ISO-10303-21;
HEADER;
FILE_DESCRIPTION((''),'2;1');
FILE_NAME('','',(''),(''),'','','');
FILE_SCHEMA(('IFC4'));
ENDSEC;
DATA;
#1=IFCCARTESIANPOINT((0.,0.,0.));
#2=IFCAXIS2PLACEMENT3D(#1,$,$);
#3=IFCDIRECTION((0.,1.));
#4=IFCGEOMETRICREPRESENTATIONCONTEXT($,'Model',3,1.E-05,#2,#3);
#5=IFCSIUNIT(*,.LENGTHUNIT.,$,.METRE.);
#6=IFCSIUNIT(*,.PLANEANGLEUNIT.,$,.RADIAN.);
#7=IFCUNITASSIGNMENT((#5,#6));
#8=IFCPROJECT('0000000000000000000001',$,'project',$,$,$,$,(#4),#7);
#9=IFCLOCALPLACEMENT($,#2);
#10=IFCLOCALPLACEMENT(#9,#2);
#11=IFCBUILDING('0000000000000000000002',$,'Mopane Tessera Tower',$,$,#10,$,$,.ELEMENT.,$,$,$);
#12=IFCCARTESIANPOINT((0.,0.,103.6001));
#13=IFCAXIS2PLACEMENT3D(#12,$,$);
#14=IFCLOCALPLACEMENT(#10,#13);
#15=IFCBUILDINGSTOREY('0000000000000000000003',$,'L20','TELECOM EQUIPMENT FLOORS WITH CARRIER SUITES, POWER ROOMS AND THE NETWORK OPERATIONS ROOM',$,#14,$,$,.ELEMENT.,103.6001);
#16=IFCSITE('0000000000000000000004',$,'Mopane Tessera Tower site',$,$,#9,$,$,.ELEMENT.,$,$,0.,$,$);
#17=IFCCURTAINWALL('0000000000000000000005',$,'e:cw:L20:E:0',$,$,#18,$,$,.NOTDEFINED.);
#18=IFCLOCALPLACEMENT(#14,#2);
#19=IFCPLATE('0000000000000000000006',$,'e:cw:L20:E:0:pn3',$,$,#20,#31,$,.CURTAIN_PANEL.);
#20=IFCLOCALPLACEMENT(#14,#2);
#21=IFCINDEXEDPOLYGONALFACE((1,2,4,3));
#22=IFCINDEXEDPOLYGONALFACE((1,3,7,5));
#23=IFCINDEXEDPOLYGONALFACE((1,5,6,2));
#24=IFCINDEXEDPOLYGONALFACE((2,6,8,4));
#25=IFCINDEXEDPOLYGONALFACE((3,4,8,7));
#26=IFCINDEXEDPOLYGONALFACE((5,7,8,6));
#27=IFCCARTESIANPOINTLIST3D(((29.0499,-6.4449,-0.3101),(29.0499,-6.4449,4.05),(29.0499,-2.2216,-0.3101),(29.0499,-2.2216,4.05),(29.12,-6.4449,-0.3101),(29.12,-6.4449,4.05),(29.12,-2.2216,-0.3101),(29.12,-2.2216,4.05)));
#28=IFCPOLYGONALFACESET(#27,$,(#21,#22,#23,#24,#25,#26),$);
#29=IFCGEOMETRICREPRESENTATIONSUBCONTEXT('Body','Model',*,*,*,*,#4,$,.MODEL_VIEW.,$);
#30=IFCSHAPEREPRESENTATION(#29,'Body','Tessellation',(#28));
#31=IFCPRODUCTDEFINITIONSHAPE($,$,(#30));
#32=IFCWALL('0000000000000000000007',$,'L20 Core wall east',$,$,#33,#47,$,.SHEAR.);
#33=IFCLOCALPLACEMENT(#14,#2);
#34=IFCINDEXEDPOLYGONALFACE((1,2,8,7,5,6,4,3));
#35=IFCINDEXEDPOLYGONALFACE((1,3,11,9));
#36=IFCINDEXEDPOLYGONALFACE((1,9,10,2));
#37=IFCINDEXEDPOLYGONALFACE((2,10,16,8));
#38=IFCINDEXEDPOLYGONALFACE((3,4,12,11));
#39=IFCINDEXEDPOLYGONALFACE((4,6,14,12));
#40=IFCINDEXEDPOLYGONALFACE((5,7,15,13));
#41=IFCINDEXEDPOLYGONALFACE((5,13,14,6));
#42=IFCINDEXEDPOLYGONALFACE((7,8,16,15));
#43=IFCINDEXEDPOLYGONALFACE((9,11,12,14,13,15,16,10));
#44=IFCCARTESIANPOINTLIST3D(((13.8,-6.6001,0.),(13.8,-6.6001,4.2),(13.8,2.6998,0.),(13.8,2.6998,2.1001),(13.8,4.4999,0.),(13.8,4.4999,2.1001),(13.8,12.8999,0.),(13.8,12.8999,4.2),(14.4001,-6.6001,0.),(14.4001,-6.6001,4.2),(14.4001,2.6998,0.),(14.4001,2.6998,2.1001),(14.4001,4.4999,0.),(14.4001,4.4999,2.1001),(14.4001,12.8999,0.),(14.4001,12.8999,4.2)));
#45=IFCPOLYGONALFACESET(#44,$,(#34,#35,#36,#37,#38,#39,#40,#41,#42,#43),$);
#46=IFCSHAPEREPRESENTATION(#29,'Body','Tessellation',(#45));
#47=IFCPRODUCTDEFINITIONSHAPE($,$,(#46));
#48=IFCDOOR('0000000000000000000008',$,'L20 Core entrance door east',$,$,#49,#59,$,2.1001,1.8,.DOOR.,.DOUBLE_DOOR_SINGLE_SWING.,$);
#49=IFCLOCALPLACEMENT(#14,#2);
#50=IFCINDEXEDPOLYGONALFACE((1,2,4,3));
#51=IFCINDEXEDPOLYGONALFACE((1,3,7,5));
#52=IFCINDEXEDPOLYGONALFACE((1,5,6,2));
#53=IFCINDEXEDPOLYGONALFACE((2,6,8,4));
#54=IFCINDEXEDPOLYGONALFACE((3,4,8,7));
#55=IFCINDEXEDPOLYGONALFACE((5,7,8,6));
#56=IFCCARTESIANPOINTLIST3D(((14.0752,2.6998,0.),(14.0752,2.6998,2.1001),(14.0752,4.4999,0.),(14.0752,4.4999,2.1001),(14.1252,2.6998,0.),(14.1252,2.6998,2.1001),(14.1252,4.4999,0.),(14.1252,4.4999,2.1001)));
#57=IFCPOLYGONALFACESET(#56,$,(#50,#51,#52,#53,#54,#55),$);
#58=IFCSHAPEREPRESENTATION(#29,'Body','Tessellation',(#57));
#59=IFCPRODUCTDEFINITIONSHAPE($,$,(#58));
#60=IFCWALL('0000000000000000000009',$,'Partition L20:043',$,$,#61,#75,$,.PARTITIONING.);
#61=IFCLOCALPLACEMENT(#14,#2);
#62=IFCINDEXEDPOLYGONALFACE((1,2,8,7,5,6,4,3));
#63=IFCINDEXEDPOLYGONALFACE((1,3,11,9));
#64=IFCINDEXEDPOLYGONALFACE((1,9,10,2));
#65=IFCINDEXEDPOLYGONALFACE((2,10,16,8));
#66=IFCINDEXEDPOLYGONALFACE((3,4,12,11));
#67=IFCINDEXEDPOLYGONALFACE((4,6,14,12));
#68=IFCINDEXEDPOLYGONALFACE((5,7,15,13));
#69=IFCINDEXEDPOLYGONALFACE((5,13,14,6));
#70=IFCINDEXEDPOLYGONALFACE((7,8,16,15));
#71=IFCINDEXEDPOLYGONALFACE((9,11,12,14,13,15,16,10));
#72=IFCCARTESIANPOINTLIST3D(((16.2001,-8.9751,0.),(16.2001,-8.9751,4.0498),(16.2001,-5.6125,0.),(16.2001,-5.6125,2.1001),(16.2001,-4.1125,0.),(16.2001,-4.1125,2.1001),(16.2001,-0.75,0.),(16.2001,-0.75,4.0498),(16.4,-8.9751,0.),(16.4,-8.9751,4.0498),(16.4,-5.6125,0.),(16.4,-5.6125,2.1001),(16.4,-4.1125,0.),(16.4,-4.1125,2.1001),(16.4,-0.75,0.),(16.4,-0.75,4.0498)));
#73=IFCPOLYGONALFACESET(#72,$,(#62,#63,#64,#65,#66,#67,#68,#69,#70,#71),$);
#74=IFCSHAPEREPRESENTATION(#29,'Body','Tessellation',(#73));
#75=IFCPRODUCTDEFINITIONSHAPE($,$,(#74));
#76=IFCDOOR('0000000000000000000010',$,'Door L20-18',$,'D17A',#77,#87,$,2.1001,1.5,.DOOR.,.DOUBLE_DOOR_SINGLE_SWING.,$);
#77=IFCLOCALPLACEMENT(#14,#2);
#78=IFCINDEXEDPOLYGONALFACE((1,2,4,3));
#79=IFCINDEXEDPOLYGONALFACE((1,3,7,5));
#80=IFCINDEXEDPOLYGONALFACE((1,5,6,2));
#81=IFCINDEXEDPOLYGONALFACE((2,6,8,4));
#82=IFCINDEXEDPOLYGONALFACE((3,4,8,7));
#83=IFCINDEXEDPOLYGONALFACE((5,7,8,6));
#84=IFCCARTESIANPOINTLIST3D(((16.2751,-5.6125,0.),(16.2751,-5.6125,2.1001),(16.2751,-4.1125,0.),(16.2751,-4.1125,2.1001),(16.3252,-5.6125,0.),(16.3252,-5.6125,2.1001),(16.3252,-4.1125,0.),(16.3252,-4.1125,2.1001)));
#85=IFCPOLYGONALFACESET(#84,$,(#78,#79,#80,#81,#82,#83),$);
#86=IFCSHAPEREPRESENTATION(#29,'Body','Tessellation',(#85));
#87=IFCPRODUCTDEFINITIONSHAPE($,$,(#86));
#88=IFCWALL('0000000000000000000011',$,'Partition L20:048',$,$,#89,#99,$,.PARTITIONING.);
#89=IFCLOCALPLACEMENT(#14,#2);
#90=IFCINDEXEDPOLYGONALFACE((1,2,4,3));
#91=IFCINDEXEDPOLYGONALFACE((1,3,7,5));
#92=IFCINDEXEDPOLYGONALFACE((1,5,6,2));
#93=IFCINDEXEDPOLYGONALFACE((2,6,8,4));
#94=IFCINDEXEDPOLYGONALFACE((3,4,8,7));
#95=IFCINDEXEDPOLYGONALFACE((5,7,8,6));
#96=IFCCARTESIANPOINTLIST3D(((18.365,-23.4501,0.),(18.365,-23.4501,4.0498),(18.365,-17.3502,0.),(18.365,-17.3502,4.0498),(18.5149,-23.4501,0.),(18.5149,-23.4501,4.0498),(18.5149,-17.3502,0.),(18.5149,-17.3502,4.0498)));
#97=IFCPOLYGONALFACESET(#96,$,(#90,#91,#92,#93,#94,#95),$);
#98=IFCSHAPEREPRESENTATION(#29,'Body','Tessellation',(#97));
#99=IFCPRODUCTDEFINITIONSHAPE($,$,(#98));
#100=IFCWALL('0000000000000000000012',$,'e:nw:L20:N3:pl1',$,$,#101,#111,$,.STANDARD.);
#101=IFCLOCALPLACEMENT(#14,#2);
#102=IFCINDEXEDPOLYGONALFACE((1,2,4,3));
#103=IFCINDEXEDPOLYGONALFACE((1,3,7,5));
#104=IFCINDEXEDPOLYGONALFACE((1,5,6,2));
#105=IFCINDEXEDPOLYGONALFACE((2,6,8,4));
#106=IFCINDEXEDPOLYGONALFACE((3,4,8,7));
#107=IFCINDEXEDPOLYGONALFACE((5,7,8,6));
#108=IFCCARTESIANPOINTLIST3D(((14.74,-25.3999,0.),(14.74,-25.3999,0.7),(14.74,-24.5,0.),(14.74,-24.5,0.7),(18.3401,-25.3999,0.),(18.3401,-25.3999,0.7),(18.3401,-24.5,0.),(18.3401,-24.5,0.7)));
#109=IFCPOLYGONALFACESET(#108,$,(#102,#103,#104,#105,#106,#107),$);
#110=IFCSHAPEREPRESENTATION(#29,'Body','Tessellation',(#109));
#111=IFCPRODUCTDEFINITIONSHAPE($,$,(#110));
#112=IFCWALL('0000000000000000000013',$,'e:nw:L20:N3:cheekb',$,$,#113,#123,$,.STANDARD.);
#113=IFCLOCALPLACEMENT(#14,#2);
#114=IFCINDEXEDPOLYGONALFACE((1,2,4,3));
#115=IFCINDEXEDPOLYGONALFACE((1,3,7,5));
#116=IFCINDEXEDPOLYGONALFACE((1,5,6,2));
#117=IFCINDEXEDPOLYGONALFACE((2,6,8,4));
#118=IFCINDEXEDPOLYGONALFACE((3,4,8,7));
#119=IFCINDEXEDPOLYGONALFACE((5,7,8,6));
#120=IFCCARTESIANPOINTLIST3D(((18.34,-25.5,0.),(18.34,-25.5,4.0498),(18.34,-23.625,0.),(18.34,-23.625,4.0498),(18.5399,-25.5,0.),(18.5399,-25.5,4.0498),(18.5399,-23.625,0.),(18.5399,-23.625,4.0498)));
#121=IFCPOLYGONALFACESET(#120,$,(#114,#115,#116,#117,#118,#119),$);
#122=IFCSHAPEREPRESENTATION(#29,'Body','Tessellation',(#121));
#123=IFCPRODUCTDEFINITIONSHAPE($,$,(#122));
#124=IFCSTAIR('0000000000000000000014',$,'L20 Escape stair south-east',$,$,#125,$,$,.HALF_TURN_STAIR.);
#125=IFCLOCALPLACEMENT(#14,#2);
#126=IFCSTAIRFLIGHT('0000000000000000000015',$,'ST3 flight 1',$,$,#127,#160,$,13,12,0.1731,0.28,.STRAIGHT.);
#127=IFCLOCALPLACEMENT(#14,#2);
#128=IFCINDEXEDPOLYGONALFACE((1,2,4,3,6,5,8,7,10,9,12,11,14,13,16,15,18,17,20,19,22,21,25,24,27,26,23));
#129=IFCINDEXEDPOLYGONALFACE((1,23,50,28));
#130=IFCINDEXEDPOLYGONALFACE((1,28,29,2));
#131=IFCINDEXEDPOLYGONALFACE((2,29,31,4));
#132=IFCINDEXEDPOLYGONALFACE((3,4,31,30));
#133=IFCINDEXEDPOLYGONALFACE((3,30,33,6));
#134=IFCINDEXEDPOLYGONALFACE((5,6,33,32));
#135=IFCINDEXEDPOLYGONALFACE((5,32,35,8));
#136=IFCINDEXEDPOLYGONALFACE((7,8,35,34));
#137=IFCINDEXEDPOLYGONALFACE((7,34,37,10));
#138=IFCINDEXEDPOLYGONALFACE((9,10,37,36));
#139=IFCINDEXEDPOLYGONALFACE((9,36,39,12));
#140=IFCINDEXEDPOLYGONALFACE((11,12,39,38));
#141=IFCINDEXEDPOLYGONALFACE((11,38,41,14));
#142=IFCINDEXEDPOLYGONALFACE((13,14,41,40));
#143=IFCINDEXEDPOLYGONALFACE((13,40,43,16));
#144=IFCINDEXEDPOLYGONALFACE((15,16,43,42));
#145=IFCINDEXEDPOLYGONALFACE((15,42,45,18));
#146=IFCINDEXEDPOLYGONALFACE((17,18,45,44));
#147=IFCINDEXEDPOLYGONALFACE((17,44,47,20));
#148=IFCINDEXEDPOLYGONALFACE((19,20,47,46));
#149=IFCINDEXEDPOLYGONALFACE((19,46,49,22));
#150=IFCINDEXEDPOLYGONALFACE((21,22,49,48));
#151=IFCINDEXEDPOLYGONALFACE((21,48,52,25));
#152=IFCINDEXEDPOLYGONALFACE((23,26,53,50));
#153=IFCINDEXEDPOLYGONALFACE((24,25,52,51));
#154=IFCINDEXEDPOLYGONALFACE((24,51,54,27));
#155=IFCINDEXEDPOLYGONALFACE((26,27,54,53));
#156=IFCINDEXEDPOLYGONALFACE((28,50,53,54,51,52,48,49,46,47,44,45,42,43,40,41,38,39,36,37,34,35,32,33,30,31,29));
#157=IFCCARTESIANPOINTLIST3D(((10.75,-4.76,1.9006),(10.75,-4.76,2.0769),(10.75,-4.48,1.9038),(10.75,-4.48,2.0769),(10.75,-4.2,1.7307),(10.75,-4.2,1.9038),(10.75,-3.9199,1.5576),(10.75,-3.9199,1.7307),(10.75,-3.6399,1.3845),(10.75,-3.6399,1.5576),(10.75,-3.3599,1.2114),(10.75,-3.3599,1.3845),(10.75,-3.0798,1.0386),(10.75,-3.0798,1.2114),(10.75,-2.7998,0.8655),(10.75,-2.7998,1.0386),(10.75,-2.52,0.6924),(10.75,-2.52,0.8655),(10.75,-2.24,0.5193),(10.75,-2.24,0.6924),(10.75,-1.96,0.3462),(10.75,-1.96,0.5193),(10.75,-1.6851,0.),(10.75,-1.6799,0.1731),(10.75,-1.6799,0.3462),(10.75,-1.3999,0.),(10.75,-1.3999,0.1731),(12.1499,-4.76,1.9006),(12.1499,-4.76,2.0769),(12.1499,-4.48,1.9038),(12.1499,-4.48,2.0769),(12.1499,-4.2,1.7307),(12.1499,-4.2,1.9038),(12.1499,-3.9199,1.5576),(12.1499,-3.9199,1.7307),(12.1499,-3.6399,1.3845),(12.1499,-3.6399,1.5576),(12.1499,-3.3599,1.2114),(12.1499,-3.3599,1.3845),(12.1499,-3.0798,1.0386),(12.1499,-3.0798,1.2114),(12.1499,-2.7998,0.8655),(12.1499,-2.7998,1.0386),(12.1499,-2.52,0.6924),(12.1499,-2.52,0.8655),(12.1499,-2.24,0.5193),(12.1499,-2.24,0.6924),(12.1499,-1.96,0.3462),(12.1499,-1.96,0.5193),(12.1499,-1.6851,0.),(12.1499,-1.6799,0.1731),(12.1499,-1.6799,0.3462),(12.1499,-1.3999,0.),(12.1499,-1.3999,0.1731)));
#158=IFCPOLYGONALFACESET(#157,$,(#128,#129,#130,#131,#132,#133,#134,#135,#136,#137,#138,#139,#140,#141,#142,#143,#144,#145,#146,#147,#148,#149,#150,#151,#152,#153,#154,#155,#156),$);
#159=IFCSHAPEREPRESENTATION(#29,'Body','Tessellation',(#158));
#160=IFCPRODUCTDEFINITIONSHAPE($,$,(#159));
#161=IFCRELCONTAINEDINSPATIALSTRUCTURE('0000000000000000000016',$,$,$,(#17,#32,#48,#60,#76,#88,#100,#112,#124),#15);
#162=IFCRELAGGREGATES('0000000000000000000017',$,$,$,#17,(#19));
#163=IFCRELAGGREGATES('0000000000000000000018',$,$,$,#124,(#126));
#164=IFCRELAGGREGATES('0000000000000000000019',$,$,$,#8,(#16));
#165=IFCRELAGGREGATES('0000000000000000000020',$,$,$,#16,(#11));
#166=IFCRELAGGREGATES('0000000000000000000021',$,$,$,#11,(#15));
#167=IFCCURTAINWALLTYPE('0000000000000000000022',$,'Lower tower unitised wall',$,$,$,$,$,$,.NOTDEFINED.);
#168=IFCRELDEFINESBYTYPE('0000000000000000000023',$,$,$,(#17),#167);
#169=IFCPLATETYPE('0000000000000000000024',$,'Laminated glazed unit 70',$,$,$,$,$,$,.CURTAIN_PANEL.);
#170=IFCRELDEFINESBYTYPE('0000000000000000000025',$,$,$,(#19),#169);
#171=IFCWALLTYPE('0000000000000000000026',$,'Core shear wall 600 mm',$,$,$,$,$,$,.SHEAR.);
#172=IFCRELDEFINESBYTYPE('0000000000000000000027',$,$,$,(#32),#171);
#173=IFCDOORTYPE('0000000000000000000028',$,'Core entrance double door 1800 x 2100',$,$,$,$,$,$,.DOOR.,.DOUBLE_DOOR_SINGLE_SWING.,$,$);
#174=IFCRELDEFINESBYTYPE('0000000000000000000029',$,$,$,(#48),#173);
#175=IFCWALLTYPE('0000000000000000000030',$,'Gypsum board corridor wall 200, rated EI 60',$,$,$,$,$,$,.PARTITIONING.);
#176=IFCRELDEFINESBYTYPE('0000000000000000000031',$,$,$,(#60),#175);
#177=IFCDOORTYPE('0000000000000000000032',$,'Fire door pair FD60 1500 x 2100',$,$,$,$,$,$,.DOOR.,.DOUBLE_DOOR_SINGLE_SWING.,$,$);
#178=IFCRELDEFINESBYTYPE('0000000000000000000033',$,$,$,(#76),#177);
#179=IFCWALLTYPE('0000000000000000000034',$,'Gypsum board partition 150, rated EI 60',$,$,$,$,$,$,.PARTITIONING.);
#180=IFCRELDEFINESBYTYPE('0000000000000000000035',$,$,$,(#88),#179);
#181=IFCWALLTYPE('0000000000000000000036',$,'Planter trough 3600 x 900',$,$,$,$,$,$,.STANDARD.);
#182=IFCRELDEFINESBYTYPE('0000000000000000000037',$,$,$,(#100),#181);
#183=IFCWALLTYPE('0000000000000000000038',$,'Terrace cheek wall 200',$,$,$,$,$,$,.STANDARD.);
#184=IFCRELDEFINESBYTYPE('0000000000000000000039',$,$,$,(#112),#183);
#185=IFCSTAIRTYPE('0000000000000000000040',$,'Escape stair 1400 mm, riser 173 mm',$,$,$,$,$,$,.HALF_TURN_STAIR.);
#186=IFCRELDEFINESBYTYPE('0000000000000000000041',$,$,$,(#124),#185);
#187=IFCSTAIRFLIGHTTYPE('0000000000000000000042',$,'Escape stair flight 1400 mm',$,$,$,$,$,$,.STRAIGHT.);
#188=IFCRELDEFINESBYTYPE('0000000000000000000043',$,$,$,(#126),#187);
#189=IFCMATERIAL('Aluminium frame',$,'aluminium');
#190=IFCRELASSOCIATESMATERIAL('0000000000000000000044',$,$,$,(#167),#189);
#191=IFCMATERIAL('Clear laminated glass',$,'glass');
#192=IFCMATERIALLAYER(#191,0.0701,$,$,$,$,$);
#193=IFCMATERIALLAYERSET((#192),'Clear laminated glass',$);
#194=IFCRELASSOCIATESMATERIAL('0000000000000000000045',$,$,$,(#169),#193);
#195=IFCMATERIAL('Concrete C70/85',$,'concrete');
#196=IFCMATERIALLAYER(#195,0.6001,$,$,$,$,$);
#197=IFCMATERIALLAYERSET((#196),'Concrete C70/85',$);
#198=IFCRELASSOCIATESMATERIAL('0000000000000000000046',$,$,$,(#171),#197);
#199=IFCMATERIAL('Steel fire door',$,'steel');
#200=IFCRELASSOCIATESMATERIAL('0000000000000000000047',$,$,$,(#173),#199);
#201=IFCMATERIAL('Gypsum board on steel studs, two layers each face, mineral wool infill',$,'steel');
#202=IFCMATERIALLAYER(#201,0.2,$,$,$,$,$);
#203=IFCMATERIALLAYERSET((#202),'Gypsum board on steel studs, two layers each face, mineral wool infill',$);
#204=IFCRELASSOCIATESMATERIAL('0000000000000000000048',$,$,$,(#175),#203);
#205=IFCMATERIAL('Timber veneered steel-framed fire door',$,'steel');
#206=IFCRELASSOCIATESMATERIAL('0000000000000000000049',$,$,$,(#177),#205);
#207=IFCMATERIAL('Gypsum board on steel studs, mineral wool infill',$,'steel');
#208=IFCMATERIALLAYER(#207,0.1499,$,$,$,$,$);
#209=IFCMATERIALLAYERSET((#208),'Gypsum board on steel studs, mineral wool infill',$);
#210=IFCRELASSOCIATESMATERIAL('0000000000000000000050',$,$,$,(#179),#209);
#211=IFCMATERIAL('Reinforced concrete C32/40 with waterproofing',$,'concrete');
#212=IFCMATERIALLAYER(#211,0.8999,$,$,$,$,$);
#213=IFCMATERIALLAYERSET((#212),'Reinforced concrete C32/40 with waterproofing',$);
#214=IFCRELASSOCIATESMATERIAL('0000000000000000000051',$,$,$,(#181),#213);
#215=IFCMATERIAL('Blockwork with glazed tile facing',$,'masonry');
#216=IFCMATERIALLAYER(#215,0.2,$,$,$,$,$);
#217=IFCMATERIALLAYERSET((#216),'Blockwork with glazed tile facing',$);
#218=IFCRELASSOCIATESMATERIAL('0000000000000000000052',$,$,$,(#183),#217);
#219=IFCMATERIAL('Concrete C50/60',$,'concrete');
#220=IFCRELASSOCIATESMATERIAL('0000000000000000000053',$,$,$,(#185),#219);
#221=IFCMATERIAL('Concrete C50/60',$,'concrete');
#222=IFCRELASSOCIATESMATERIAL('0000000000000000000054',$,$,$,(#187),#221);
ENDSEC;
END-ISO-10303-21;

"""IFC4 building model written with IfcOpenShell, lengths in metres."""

from ifc_helpers import new_model, si_unit, direction, frame, frame_2d, origin, origin_2d, place, context, subcontext, project, spatial, polyline, rectangle, outline, extrude, material, layer, layer_set, type_object, element, fill, aggregate, save


model = new_model("IFC4")

# Units and contexts
model_context = context("Model", 3, precision=1e-05, world=origin(), true_north=direction((0.0, 1.0)))
body_context = subcontext(model_context, "Body", "Model", "MODEL_VIEW")
ifc_project = project(units=[si_unit("LENGTHUNIT", "METRE"), si_unit("PLANEANGLEUNIT", "RADIAN")], contexts=[model_context])

# Site, building, storey
site_placement = place(None, origin())
site = spatial("IfcSite", under=ifc_project, at=site_placement, Name="Mopane Tessera Tower site", CompositionType="ELEMENT", RefElevation=0.0)
building_placement = place(site_placement, origin())
building = spatial("IfcBuilding", under=site, at=building_placement, Name="Mopane Tessera Tower", CompositionType="ELEMENT")
storey_placement = place(building_placement, frame((0.0, 0.0, 103.6001)))
storey = spatial("IfcBuildingStorey", under=building, at=storey_placement, Name="L20", Description="TELECOM EQUIPMENT FLOORS WITH CARRIER SUITES, POWER ROOMS AND THE NETWORK OPERATIONS ROOM", CompositionType="ELEMENT", Elevation=103.6001)

# Curtain wall
ifc_material_1 = material(Name="Aluminium frame", Category="aluminium")
curtain_wall_type = type_object("IfcCurtainWallType", Name="Lower tower unitised wall", PredefinedType="NOTDEFINED", material=ifc_material_1)
curtain_wall_1_placement = place(storey_placement, origin())
curtain_wall_1 = element("IfcCurtainWall", 1, at=curtain_wall_1_placement, inside=storey, type_object=curtain_wall_type, Name="e:cw:L20:E:0", PredefinedType="NOTDEFINED")

# Plate
ifc_material_2 = material(Name="Clear laminated glass", Category="glass")
ifc_layer_1 = layer(ifc_material_2, 0.0701)
ifc_layer_set_1 = layer_set([ifc_layer_1], Name="Clear laminated glass")
plate_type = type_object("IfcPlateType", Name="Laminated glazed unit 70", PredefinedType="CURTAIN_PANEL", material=ifc_layer_set_1)
plate_1_placement = place(storey_placement, frame((29.085, -4.3333, -0.3101), z_axis=(0.0, 0.0, 1.0), x_axis=(0.0, 1.0, 0.0)))
plate_1 = element("IfcPlate", 2, at=plate_1_placement, type_object=plate_type, Name="e:cw:L20:E:0:pn3", PredefinedType="CURTAIN_PANEL", context=body_context, shape_type="SweptSolid", body=[
    extrude(rectangle(XDim=4.2234, YDim=0.0701, at=origin_2d()), origin(), (0.0, 0.0, 1.0), 4.3601),
])
aggregate(curtain_wall_1, [plate_1])

# Walls, openings, doors
ifc_material_3 = material(Name="Concrete C70/85", Category="concrete")
ifc_layer_2 = layer(ifc_material_3, 0.6001)
ifc_layer_set_2 = layer_set([ifc_layer_2], Name="Concrete C70/85")
wall_type_1 = type_object("IfcWallType", Name="Core shear wall 600 mm", PredefinedType="SHEAR", material=ifc_layer_set_2)
wall_1_placement = place(storey_placement, frame((14.1001, -6.6001, 0.0), z_axis=(0.0, 0.0, 1.0), x_axis=(0.0, 1.0, 0.0)))
wall_1 = element("IfcWall", 3, at=wall_1_placement, inside=storey, type_object=wall_type_1, Name="L20 Core wall east", PredefinedType="SHEAR", context=body_context, shape_type="SweptSolid", body=[
    extrude(rectangle(XDim=19.5, YDim=0.6001, at=frame_2d((9.75, 0.0))), origin(), (0.0, 0.0, 1.0), 4.2),
])
opening_1_placement = place(wall_1_placement, frame((9.3, 0.0, 0.0)))
opening_1 = element("IfcOpeningElement", 4, at=opening_1_placement, cuts=wall_1, PredefinedType="OPENING", context=body_context, shape_type="SweptSolid", body=[
    extrude(rectangle(XDim=1.8, YDim=2.1001, at=frame_2d((0.8999, 1.05))), frame((0.0, 0.312, 0.0), z_axis=(0.0, -1.0, 0.0), x_axis=(1.0, 0.0, 0.0)), (0.0, 0.0, 1.0), 0.624),
])
ifc_material_4 = material(Name="Steel fire door", Category="steel")
door_type_1 = type_object("IfcDoorType", Name="Core entrance double door 1800 x 2100", OperationType="DOUBLE_DOOR_SINGLE_SWING", PredefinedType="DOOR", material=ifc_material_4)
door_1_placement = place(opening_1_placement, origin())
door_1 = element("IfcDoor", 5, at=door_1_placement, inside=storey, type_object=door_type_1, Name="L20 Core entrance door east", OperationType="DOUBLE_DOOR_SINGLE_SWING", OverallHeight=2.1001, OverallWidth=1.8, PredefinedType="DOOR", context=body_context, shape_type="SweptSolid", body=[
    extrude(rectangle(XDim=1.8, YDim=2.1001, at=frame_2d((0.8999, 1.05))), frame((0.0, 0.0249, 0.0), z_axis=(0.0, -1.0, 0.0), x_axis=(1.0, 0.0, 0.0)), (0.0, 0.0, 1.0), 0.05),
])
fill(opening_1, door_1)
ifc_material_5 = material(Name="Gypsum board on steel studs, two layers each face, mineral wool infill", Category="steel")
ifc_layer_3 = layer(ifc_material_5, 0.2)
ifc_layer_set_3 = layer_set([ifc_layer_3], Name="Gypsum board on steel studs, two layers each face, mineral wool infill")
wall_type_2 = type_object("IfcWallType", Name="Gypsum board corridor wall 200, rated EI 60", PredefinedType="PARTITIONING", material=ifc_layer_set_3)
wall_2_placement = place(storey_placement, frame((16.3, -8.9751, 0.0), z_axis=(0.0, 0.0, 1.0), x_axis=(0.0, 1.0, 0.0)))
wall_2 = element("IfcWall", 6, at=wall_2_placement, inside=storey, type_object=wall_type_2, Name="Partition L20:043", PredefinedType="PARTITIONING", context=body_context, shape_type="SweptSolid", body=[
    extrude(rectangle(XDim=8.2251, YDim=0.2, at=frame_2d((4.1125, 0.0))), origin(), (0.0, 0.0, 1.0), 4.0498),
])
opening_2_placement = place(wall_2_placement, frame((3.3625, 0.0, 0.0)))
opening_2 = element("IfcOpeningElement", 7, at=opening_2_placement, cuts=wall_2, PredefinedType="OPENING", context=body_context, shape_type="SweptSolid", body=[
    extrude(rectangle(XDim=1.5, YDim=2.1001, at=frame_2d((0.75, 1.05))), frame((0.0, 0.1121, 0.0), z_axis=(0.0, -1.0, 0.0), x_axis=(1.0, 0.0, 0.0)), (0.0, 0.0, 1.0), 0.2239),
])
ifc_material_6 = material(Name="Timber veneered steel-framed fire door", Category="steel")
door_type_2 = type_object("IfcDoorType", Name="Fire door pair FD60 1500 x 2100", OperationType="DOUBLE_DOOR_SINGLE_SWING", PredefinedType="DOOR", material=ifc_material_6)
door_2_placement = place(opening_2_placement, origin())
door_2 = element("IfcDoor", 8, at=door_2_placement, inside=storey, type_object=door_type_2, Name="Door L20-18", ObjectType="D17A", OperationType="DOUBLE_DOOR_SINGLE_SWING", OverallHeight=2.1001, OverallWidth=1.5, PredefinedType="DOOR", context=body_context, shape_type="SweptSolid", body=[
    extrude(rectangle(XDim=1.5, YDim=2.1001, at=frame_2d((0.75, 1.05))), frame((0.0, 0.0249, 0.0), z_axis=(0.0, -1.0, 0.0), x_axis=(1.0, 0.0, 0.0)), (0.0, 0.0, 1.0), 0.05),
])
fill(opening_2, door_2)

# Walls
ifc_material_7 = material(Name="Gypsum board on steel studs, mineral wool infill", Category="steel")
ifc_layer_4 = layer(ifc_material_7, 0.1499)
ifc_layer_set_4 = layer_set([ifc_layer_4], Name="Gypsum board on steel studs, mineral wool infill")
wall_type_3 = type_object("IfcWallType", Name="Gypsum board partition 150, rated EI 60", PredefinedType="PARTITIONING", material=ifc_layer_set_4)
wall_3_placement = place(storey_placement, frame((18.4399, -23.45, 0.0), z_axis=(0.0, 0.0, 1.0), x_axis=(0.0, 1.0, 0.0)))
element("IfcWall", 9, at=wall_3_placement, inside=storey, type_object=wall_type_3, Name="Partition L20:048", PredefinedType="PARTITIONING", context=body_context, shape_type="SweptSolid", body=[
    extrude(rectangle(XDim=6.0999, YDim=0.1499, at=frame_2d((3.0498, 0.0))), origin(), (0.0, 0.0, 1.0), 4.0498),
])
ifc_material_8 = material(Name="Reinforced concrete C32/40 with waterproofing", Category="concrete")
ifc_layer_5 = layer(ifc_material_8, 0.8999)
ifc_layer_set_5 = layer_set([ifc_layer_5], Name="Reinforced concrete C32/40 with waterproofing")
wall_type_4 = type_object("IfcWallType", Name="Planter trough 3600 x 900", PredefinedType="STANDARD", material=ifc_layer_set_5)
wall_4_placement = place(storey_placement, frame((14.74, -24.95, 0.0), z_axis=(0.0, 0.0, 1.0), x_axis=(1.0, 0.0, 0.0)))
element("IfcWall", 10, at=wall_4_placement, inside=storey, type_object=wall_type_4, Name="e:nw:L20:N3:pl1", PredefinedType="STANDARD", context=body_context, shape_type="SweptSolid", body=[
    extrude(rectangle(XDim=3.6001, YDim=0.8999, at=frame_2d((1.8, 0.0))), origin(), (0.0, 0.0, 1.0), 0.7),
])
ifc_material_9 = material(Name="Blockwork with glazed tile facing", Category="masonry")
ifc_layer_6 = layer(ifc_material_9, 0.2)
ifc_layer_set_6 = layer_set([ifc_layer_6], Name="Blockwork with glazed tile facing")
wall_type_5 = type_object("IfcWallType", Name="Terrace cheek wall 200", PredefinedType="STANDARD", material=ifc_layer_set_6)
wall_5_placement = place(storey_placement, frame((18.4399, -25.5, 0.0), z_axis=(0.0, 0.0, 1.0), x_axis=(0.0, 1.0, 0.0)))
element("IfcWall", 11, at=wall_5_placement, inside=storey, type_object=wall_type_5, Name="e:nw:L20:N3:cheekb", PredefinedType="STANDARD", context=body_context, shape_type="SweptSolid", body=[
    extrude(rectangle(XDim=1.875, YDim=0.2, at=frame_2d((0.9375, 0.0))), origin(), (0.0, 0.0, 1.0), 4.0498),
])

# Stair, stair flight
ifc_material_10 = material(Name="Concrete C50/60", Category="concrete")
stair_type = type_object("IfcStairType", Name="Escape stair 1400 mm, riser 173 mm", PredefinedType="HALF_TURN_STAIR", material=ifc_material_10)
stair_placement = place(storey_placement, origin())
stair = element("IfcStair", 12, at=stair_placement, inside=storey, type_object=stair_type, Name="L20 Escape stair south-east", PredefinedType="HALF_TURN_STAIR")
ifc_material_11 = material(Name="Concrete C50/60", Category="concrete")
stair_flight_type = type_object("IfcStairFlightType", Name="Escape stair flight 1400 mm", PredefinedType="STRAIGHT", material=ifc_material_11)
stair_flight_1_placement = place(storey_placement, frame((11.45, -1.3999, 0.0), z_axis=(0.0, 0.0, 1.0), x_axis=(0.0, -1.0, 0.0)))
stair_flight_1 = element("IfcStairFlight", 13, at=stair_flight_1_placement, type_object=stair_flight_type, Name="ST3 flight 1", NumberOfRisers=13, NumberOfTreads=12, PredefinedType="STRAIGHT", RiserHeight=0.1731, TreadLength=0.28, context=body_context, shape_type="SweptSolid", body=[
    extrude(outline(polyline([(0.0, 0.0), (0.0, 0.1731), (0.28, 0.1731), (0.28, 0.3462), (0.5601, 0.3462), (0.5601, 0.5193), (0.8401, 0.5193), (0.8401, 0.6924), (1.1201, 0.6924), (1.1201, 0.8655), (1.3999, 0.8655), (1.3999, 1.0386), (1.6799, 1.0386), (1.6799, 1.2114), (1.96, 1.2114), (1.96, 1.3845), (2.24, 1.3845), (2.24, 1.5576), (2.52, 1.5576), (2.52, 1.7307), (2.8, 1.7307), (2.8, 1.9038), (3.0801, 1.9038), (3.0801, 2.0769), (3.3601, 2.0769), (3.3601, 2.25), (3.3601, 1.9006), (0.2852, 0.0), (0.0, 0.0)])), frame((0.0, 0.7, 0.0), z_axis=(0.0, -1.0, 0.0), x_axis=(1.0, 0.0, 0.0)), (0.0, 0.0, 1.0), 1.3999),
])
aggregate(stair, [stair_flight_1])

save(model, "model.ifc")
